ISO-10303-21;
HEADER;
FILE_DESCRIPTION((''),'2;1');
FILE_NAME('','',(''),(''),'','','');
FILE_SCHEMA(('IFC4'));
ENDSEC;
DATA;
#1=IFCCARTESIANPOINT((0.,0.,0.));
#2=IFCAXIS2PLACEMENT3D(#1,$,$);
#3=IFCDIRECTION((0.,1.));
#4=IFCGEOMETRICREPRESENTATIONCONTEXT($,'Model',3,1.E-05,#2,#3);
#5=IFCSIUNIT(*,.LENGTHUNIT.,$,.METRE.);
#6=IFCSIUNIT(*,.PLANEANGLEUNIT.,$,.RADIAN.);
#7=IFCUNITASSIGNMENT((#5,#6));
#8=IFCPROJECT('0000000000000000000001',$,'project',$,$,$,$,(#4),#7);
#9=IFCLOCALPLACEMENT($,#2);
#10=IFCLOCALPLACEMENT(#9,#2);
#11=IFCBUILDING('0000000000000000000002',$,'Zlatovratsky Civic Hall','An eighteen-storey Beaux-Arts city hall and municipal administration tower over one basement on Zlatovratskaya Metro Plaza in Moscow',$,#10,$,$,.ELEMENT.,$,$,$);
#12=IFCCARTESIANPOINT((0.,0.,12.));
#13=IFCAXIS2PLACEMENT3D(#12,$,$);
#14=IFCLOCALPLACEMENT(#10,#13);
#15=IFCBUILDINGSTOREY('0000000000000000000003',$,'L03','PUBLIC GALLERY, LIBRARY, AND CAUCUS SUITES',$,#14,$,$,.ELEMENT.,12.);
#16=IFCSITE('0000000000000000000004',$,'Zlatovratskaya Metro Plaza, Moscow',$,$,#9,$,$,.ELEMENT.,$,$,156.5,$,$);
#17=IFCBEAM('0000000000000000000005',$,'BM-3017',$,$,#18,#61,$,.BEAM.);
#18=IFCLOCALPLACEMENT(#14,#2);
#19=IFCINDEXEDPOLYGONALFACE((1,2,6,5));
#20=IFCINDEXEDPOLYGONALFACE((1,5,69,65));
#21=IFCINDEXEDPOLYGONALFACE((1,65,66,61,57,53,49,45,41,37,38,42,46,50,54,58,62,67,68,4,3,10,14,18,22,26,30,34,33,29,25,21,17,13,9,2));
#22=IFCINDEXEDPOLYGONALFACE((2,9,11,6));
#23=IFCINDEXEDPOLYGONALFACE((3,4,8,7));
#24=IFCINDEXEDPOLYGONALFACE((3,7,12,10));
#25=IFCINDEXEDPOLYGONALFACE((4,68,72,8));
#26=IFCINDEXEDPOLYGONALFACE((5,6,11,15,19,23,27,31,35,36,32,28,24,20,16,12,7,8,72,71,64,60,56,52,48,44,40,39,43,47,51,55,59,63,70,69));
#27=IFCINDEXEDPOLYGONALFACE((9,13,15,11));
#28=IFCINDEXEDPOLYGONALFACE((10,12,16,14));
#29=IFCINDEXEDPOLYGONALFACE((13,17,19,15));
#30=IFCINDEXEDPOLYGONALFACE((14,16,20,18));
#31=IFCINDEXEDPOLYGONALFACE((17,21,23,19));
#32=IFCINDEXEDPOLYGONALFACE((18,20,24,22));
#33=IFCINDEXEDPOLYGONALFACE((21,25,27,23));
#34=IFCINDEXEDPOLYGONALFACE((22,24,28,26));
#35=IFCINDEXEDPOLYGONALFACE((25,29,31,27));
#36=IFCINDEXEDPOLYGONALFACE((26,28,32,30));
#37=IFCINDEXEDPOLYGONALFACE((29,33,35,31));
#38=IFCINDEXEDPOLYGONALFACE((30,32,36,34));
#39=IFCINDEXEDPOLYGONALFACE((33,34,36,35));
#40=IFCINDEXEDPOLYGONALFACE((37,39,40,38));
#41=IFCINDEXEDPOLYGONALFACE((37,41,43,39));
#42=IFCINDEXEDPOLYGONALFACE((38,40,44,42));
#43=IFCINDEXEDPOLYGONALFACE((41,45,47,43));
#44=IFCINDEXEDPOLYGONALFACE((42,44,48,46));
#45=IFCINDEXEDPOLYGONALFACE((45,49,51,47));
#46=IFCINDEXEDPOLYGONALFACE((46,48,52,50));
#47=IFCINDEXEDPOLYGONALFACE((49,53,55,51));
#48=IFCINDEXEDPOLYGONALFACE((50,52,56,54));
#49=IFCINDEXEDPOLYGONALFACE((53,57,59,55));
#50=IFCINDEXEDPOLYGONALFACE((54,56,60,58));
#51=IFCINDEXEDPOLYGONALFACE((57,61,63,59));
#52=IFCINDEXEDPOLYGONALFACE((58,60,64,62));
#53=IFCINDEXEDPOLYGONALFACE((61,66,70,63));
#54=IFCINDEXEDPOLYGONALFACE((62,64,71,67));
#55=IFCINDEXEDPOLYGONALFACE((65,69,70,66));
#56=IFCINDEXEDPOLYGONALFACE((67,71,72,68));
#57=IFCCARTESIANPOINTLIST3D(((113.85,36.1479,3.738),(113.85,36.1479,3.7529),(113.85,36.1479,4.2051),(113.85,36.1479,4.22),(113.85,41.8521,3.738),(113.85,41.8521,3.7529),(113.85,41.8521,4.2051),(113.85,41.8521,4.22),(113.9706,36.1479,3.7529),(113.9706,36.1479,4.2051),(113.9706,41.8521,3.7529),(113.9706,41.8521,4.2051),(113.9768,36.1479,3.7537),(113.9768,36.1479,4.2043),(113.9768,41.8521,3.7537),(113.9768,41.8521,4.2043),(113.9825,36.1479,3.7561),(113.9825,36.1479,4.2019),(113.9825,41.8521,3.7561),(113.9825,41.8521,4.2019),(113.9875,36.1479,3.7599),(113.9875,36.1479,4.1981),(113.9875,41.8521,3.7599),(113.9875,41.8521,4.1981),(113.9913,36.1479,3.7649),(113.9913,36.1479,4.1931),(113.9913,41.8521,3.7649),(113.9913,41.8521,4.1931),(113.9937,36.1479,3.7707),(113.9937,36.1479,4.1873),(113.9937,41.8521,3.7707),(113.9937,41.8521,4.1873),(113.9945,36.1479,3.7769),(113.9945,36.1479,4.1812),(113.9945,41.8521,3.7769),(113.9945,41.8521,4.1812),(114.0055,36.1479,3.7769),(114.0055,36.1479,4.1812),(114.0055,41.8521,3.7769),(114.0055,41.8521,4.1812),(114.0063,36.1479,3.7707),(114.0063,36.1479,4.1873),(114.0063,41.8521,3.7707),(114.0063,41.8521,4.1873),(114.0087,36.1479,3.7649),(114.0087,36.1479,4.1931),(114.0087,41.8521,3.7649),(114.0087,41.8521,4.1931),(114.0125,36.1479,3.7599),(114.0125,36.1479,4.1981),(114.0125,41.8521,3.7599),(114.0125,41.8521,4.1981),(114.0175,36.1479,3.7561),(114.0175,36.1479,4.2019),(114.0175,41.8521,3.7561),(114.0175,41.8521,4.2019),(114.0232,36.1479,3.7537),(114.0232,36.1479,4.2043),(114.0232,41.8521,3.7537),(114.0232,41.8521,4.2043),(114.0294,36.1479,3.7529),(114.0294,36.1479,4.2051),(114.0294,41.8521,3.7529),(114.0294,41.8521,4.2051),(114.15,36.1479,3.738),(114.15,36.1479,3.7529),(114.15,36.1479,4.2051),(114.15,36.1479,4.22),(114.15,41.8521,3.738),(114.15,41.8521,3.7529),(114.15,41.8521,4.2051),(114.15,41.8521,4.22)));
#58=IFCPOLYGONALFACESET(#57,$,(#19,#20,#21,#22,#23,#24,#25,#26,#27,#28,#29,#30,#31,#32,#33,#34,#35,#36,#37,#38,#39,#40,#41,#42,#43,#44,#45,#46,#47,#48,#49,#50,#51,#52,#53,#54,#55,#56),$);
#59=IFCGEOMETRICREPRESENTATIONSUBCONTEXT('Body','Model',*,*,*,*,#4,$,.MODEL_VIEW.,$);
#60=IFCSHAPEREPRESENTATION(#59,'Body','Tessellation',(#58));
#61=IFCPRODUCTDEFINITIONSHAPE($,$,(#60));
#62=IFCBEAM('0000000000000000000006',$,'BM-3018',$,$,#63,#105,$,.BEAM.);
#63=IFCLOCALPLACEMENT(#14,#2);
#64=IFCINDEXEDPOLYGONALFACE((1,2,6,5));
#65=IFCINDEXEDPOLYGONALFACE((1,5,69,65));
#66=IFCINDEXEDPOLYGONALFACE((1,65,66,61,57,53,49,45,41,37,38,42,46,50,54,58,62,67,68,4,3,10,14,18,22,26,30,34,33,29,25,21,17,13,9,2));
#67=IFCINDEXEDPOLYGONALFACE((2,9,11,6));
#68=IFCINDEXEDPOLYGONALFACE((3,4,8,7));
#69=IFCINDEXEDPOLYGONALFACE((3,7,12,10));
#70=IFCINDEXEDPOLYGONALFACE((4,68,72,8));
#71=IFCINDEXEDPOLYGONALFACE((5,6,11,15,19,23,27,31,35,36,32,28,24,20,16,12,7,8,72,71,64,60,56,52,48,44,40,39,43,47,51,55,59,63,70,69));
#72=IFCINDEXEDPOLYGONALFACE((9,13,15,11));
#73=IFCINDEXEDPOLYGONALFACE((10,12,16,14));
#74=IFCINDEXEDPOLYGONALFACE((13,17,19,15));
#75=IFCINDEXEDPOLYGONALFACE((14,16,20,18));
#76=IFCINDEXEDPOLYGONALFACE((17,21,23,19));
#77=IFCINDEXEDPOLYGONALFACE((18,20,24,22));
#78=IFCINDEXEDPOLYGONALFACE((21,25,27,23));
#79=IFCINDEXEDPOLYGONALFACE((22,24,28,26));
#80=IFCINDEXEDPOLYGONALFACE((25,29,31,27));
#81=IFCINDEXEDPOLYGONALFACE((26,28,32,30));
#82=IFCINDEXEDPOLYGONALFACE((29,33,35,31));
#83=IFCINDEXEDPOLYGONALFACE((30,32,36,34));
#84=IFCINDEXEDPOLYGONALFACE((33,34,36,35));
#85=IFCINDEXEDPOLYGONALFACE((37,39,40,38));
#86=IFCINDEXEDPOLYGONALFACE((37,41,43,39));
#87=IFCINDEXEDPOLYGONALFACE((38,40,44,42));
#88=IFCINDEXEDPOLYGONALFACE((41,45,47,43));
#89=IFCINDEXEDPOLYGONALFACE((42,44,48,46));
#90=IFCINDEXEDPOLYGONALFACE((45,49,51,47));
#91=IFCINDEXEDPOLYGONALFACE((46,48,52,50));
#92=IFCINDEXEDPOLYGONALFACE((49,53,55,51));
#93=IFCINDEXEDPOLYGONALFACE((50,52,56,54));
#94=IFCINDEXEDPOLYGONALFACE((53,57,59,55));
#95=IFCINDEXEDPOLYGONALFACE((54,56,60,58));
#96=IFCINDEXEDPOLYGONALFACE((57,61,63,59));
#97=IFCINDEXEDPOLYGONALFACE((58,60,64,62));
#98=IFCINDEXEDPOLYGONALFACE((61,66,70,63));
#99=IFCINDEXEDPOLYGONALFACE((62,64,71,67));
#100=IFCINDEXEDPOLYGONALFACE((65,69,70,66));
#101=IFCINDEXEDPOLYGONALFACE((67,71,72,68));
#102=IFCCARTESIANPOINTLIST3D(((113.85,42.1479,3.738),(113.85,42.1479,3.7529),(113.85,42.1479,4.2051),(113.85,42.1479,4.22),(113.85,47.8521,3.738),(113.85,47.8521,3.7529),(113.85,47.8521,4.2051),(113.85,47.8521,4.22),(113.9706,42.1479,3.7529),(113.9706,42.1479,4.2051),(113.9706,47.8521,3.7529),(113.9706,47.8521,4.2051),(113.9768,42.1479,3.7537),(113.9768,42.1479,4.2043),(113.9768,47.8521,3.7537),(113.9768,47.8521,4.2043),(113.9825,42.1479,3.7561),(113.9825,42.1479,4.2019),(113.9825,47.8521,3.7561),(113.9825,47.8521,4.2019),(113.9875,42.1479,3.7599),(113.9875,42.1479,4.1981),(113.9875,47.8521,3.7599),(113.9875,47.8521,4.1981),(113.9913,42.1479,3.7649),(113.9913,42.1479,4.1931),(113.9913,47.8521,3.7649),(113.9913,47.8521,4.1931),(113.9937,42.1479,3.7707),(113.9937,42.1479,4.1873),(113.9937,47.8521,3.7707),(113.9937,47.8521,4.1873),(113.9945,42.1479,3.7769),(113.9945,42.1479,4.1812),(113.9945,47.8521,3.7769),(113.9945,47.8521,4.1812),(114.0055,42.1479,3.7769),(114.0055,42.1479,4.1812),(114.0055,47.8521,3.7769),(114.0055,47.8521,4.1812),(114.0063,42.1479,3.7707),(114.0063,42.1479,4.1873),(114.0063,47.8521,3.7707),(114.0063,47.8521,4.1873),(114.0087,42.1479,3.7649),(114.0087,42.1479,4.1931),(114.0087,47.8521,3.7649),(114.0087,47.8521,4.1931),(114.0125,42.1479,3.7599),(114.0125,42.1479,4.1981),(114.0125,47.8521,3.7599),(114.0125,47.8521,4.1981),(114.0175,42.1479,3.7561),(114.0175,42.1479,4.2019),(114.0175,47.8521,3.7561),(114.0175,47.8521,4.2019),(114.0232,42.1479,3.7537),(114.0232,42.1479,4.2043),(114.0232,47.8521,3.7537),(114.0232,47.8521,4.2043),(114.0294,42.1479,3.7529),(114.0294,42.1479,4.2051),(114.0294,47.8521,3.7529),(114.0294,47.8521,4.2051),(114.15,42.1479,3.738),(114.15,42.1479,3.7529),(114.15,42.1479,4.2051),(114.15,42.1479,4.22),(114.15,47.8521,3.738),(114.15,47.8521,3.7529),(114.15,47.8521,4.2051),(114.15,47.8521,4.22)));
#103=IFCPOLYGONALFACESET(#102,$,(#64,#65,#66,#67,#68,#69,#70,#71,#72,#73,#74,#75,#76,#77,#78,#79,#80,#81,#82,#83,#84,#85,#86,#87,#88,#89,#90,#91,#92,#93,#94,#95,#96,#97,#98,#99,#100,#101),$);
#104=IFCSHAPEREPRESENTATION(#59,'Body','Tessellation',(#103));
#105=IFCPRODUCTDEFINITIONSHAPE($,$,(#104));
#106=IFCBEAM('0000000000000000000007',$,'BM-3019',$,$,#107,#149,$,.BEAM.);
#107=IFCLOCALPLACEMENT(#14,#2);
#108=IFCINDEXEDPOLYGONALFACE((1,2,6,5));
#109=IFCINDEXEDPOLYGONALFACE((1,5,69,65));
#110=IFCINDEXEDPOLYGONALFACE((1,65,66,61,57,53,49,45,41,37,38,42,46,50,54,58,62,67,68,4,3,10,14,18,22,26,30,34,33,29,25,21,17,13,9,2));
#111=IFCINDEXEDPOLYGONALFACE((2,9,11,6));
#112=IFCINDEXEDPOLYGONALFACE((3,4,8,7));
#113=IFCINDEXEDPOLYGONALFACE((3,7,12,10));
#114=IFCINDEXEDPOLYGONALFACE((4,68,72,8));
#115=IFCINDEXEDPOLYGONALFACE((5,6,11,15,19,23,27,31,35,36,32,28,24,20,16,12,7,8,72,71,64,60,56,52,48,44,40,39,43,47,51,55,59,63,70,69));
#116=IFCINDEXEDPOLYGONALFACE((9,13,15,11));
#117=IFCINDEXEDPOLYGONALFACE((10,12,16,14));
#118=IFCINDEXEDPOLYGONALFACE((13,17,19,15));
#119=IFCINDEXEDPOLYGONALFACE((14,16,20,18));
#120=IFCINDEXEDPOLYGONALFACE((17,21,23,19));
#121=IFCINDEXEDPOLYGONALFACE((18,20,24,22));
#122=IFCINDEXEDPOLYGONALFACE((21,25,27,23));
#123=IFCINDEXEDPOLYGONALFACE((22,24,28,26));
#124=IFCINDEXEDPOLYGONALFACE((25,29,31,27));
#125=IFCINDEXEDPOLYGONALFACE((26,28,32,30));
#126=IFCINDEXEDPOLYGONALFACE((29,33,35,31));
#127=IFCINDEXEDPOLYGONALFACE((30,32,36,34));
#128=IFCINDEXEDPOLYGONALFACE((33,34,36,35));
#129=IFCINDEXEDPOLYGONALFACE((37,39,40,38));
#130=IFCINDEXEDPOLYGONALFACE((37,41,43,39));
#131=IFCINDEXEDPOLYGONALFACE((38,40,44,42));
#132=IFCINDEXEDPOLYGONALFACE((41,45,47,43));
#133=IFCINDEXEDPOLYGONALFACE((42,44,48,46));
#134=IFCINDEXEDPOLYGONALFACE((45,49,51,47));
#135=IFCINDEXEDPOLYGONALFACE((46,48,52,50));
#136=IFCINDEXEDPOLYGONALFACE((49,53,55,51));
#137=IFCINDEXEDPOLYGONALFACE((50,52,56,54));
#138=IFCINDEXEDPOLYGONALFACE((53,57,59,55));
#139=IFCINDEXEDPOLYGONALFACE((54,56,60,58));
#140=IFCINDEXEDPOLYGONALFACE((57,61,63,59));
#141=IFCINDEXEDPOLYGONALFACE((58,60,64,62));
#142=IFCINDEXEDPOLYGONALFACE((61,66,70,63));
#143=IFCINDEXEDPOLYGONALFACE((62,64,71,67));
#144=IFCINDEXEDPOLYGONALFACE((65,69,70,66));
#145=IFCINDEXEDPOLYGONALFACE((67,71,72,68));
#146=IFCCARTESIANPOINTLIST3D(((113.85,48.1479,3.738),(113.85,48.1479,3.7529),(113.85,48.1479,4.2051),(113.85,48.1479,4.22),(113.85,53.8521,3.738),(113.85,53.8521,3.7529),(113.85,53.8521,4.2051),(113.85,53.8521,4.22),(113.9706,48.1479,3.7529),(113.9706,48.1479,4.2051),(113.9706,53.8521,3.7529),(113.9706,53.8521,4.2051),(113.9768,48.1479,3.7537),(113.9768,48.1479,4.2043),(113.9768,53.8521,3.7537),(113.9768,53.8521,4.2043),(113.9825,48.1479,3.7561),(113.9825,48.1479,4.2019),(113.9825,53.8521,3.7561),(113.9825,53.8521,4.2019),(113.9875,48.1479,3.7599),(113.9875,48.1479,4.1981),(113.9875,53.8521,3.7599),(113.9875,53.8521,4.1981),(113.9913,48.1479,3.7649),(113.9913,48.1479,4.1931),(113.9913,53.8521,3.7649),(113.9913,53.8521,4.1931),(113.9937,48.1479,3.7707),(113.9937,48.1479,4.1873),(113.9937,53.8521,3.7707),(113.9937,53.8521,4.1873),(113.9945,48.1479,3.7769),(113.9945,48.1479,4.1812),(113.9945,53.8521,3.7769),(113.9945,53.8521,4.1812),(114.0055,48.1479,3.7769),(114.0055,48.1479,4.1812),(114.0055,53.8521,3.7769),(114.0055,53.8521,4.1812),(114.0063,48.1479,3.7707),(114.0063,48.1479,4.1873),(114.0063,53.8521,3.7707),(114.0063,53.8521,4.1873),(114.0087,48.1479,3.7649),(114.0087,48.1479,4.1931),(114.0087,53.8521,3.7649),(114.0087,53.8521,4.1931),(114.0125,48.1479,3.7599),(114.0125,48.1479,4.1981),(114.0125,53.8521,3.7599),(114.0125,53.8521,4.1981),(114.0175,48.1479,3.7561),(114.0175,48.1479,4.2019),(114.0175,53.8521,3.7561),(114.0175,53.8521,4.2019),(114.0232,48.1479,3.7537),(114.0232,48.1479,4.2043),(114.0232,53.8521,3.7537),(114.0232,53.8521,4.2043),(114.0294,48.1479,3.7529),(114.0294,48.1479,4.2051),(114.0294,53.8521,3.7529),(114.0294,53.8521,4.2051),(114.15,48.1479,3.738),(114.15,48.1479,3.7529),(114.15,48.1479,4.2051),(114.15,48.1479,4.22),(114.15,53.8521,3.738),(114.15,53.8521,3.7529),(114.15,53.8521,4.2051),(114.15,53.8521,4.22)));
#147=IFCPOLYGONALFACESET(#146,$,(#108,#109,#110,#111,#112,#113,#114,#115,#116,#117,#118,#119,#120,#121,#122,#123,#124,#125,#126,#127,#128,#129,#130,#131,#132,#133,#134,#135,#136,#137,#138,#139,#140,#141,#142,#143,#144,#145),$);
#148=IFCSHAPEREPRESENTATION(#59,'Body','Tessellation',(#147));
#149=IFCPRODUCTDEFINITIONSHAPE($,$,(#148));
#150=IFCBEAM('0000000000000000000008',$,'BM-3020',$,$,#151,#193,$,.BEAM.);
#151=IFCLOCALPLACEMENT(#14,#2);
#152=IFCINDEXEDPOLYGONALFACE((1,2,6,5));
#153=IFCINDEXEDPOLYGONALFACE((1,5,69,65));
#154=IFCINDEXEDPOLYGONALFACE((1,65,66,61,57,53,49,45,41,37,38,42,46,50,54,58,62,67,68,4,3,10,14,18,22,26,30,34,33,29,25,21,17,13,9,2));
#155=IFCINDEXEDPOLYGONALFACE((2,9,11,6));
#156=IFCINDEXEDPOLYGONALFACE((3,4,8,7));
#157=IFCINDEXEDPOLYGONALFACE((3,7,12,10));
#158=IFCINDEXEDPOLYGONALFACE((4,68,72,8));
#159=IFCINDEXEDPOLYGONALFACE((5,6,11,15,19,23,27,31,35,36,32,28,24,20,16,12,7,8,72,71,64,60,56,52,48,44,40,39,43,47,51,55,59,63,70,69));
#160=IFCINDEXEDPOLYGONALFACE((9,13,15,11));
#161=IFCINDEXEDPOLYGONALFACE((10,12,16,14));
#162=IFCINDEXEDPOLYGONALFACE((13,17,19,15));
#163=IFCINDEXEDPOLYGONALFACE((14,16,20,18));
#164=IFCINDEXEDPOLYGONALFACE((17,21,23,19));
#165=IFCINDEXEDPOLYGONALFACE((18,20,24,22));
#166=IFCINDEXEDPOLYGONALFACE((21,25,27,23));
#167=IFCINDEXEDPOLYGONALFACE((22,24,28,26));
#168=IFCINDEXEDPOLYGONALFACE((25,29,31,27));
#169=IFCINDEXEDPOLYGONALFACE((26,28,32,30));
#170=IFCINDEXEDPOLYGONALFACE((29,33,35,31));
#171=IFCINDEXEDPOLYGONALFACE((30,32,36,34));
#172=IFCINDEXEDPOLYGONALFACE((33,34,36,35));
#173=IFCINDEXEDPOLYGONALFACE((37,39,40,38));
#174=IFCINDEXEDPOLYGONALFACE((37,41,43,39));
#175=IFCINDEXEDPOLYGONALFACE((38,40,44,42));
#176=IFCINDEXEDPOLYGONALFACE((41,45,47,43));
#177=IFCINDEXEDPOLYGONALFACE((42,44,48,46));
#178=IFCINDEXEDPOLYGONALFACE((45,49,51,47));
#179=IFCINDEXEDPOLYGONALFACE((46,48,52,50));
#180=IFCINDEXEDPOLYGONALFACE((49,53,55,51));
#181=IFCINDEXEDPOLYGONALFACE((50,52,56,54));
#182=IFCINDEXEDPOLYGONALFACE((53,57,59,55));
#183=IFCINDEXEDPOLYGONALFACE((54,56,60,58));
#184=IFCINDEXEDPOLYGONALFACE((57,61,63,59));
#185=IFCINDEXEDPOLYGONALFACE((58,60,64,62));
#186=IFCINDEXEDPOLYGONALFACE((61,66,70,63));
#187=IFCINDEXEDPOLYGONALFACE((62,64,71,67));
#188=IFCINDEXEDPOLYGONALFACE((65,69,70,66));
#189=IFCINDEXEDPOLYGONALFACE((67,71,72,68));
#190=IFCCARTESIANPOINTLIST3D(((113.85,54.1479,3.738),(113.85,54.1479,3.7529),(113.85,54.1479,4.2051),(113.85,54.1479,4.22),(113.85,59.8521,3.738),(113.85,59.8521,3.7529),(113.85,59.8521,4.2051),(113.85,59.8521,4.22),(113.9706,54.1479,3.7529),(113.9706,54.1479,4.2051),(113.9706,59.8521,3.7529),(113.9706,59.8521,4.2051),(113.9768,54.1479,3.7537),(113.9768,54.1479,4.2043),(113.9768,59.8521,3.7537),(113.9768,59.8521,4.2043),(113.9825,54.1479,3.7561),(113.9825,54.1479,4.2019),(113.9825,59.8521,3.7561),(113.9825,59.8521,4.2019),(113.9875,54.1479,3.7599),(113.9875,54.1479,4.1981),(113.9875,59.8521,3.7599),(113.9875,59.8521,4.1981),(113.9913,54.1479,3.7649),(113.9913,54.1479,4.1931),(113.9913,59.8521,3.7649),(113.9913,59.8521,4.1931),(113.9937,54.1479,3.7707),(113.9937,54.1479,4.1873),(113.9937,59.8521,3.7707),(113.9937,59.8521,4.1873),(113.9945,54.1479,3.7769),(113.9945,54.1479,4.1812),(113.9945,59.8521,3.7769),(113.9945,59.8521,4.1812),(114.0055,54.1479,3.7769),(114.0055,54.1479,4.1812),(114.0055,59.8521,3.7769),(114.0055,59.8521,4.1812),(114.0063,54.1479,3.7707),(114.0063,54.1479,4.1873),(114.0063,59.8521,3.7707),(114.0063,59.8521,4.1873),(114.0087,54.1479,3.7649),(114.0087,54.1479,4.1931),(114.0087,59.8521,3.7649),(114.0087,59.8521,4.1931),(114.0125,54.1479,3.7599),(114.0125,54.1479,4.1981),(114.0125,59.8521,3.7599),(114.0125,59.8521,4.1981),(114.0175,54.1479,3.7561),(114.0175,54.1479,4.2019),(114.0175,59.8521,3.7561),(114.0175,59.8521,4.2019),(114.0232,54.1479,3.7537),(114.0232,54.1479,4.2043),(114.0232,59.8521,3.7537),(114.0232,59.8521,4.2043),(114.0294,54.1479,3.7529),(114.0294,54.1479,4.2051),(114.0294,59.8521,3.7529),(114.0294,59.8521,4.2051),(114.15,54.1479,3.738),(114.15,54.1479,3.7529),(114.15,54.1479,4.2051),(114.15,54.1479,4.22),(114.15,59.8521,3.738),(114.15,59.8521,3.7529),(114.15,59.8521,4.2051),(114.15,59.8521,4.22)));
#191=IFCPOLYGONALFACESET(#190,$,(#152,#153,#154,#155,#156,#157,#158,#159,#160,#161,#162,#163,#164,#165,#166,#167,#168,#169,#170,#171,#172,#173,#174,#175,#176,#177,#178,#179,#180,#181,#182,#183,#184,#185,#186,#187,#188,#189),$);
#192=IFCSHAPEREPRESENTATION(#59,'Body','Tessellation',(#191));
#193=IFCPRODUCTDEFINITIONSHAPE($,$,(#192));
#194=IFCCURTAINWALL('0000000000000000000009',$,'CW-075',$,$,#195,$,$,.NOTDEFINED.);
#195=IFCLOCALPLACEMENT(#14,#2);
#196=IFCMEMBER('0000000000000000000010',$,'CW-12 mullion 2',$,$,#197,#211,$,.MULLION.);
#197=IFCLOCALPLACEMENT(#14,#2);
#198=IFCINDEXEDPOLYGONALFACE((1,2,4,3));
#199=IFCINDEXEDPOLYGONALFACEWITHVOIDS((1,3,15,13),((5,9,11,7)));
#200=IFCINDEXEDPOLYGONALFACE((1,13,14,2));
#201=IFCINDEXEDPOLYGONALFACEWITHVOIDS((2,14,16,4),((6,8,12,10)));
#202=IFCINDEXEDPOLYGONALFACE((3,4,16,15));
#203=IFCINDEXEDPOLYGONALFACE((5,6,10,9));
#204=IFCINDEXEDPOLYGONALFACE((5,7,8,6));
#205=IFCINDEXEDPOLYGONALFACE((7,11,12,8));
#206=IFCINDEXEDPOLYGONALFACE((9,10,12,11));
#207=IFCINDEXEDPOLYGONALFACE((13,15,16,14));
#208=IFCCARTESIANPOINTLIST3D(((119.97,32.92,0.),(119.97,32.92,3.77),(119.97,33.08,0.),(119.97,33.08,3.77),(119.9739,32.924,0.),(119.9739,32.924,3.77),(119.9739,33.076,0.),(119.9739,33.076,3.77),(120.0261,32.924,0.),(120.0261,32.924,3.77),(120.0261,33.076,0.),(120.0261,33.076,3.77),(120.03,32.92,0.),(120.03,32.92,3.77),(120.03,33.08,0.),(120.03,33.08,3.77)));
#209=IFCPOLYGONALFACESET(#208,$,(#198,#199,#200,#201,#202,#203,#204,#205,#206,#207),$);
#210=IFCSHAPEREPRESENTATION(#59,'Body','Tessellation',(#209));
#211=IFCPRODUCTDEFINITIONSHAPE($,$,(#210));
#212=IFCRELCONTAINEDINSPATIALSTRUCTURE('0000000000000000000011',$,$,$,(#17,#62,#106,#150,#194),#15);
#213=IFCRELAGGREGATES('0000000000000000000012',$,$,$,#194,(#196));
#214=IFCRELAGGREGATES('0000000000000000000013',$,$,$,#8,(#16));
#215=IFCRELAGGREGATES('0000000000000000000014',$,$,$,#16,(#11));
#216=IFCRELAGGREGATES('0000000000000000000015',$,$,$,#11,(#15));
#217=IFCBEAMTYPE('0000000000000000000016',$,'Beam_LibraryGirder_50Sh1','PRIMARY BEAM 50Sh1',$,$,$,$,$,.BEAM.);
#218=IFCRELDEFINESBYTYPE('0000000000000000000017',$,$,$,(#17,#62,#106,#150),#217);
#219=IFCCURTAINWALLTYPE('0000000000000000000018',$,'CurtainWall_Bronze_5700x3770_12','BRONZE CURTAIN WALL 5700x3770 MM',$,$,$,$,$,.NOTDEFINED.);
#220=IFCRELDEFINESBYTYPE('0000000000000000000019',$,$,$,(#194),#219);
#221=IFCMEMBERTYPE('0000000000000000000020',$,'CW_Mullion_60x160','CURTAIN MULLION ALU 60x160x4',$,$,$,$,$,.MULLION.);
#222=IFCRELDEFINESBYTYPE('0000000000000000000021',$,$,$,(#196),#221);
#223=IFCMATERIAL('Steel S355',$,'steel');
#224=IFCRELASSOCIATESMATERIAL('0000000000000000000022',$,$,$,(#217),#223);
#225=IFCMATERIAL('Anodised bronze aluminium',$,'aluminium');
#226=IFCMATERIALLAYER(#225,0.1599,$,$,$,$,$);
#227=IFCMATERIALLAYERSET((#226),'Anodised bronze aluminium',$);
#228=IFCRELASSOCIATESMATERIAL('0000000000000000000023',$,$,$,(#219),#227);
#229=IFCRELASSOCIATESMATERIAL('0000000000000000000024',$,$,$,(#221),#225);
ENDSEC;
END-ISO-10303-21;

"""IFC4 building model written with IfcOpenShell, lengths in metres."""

from ifc_helpers import new_model, si_unit, direction, frame, origin, origin_2d, place, context, subcontext, project, spatial, hollow_rectangle, i_section, extrude, material, layer, layer_set, material_profile, profile_set, type_object, element, aggregate, save


model = new_model("IFC4")

# Units and contexts
model_context = context("Model", 3, precision=1e-05, world=origin(), true_north=direction((0.0, 1.0)))
body_context = subcontext(model_context, "Body", "Model", "MODEL_VIEW")
ifc_project = project(units=[si_unit("LENGTHUNIT", "METRE"), si_unit("PLANEANGLEUNIT", "RADIAN")], contexts=[model_context])

# Site, building, storey
site_placement = place(None, origin())
site = spatial("IfcSite", under=ifc_project, at=site_placement, Name="Zlatovratskaya Metro Plaza, Moscow", CompositionType="ELEMENT", RefElevation=156.5)
building_placement = place(site_placement, origin())
building = spatial("IfcBuilding", under=site, at=building_placement, Name="Zlatovratsky Civic Hall", Description="An eighteen-storey Beaux-Arts city hall and municipal administration tower over one basement on Zlatovratskaya Metro Plaza in Moscow", CompositionType="ELEMENT")
storey_placement = place(building_placement, frame((0.0, 0.0, 12.0)))
storey = spatial("IfcBuildingStorey", under=building, at=storey_placement, Name="L03", Description="PUBLIC GALLERY, LIBRARY, AND CAUCUS SUITES", CompositionType="ELEMENT", Elevation=12.0)

# Shared definitions
ifc_material_1 = material(Name="Steel S355", Category="steel")

# Beams
ifc_material_profile_1 = material_profile(ifc_material_1, i_section(OverallWidth=0.3, OverallDepth=0.4819, WebThickness=0.011, FlangeThickness=0.0149, FilletRadius=0.0239, at=origin_2d()), Name="50Sh1")
ifc_profile_set_1 = profile_set([ifc_material_profile_1], Name="Steel S355")
beam_type = type_object("IfcBeamType", Name="Beam_LibraryGirder_50Sh1", Description="PRIMARY BEAM 50Sh1", PredefinedType="BEAM", material=ifc_profile_set_1)
for number, where, z_axis, x_axis, name in (
    (1, (114.0, 36.1479, 3.979), (0.0, 1.0, 0.0), (-1.0, 0.0, 0.0), "BM-3017"),
    (2, (114.0, 42.1479, 3.979), (0.0, 1.0, 0.0), (-1.0, 0.0, 0.0), "BM-3018"),
    (3, (114.0, 48.1479, 3.979), (0.0, 1.0, 0.0), (-1.0, 0.0, 0.0), "BM-3019"),
    (4, (114.0, 54.1479, 3.979), (0.0, 1.0, 0.0), (-1.0, 0.0, 0.0), "BM-3020"),
):
    element("IfcBeam", number, at=place(storey_placement, frame(where, z_axis=z_axis, x_axis=x_axis)), inside=storey, type_object=beam_type, Name=name, PredefinedType="BEAM", context=body_context, shape_type="SweptSolid", body=[
        extrude(i_section(OverallWidth=0.3, OverallDepth=0.4819, WebThickness=0.011, FlangeThickness=0.0149, FilletRadius=0.0239, at=origin_2d()), origin(), (0.0, 0.0, 1.0), 5.7041),
    ])

# Curtain wall, member
ifc_material_2 = material(Name="Anodised bronze aluminium", Category="aluminium")
ifc_layer_1 = layer(ifc_material_2, 0.1599)
ifc_layer_set_1 = layer_set([ifc_layer_1], Name="Anodised bronze aluminium")
curtain_wall_type = type_object("IfcCurtainWallType", Name="CurtainWall_Bronze_5700x3770_12", Description="BRONZE CURTAIN WALL 5700x3770 MM", PredefinedType="NOTDEFINED", material=ifc_layer_set_1)
curtain_wall_placement = place(storey_placement, origin())
curtain_wall = element("IfcCurtainWall", 5, at=curtain_wall_placement, inside=storey, type_object=curtain_wall_type, Name="CW-075", PredefinedType="NOTDEFINED")
ifc_material_profile_2 = material_profile(ifc_material_2, hollow_rectangle(XDim=0.0601, YDim=0.1599, WallThickness=0.0039, at=origin_2d()), Name="ALU 60x160x4")
ifc_profile_set_2 = profile_set([ifc_material_profile_2], Name="Anodised bronze aluminium")
member_type_1 = type_object("IfcMemberType", Name="CW_Mullion_60x160", Description="CURTAIN MULLION ALU 60x160x4", PredefinedType="MULLION", material=ifc_profile_set_2)
member_1_placement = place(storey_placement, frame((120.0, 33.0, 0.0), z_axis=(0.0, 0.0, 1.0), x_axis=(-1.0, 0.0, 0.0)))
member_1 = element("IfcMember", 6, at=member_1_placement, type_object=member_type_1, Name="CW-12 mullion 2", PredefinedType="MULLION", context=body_context, shape_type="SweptSolid", body=[
    extrude(hollow_rectangle(XDim=0.0601, YDim=0.1599, WallThickness=0.0039, at=origin_2d()), origin(), (0.0, 0.0, 1.0), 3.77),
])
aggregate(curtain_wall, [member_1])

save(model, "model.ifc")
